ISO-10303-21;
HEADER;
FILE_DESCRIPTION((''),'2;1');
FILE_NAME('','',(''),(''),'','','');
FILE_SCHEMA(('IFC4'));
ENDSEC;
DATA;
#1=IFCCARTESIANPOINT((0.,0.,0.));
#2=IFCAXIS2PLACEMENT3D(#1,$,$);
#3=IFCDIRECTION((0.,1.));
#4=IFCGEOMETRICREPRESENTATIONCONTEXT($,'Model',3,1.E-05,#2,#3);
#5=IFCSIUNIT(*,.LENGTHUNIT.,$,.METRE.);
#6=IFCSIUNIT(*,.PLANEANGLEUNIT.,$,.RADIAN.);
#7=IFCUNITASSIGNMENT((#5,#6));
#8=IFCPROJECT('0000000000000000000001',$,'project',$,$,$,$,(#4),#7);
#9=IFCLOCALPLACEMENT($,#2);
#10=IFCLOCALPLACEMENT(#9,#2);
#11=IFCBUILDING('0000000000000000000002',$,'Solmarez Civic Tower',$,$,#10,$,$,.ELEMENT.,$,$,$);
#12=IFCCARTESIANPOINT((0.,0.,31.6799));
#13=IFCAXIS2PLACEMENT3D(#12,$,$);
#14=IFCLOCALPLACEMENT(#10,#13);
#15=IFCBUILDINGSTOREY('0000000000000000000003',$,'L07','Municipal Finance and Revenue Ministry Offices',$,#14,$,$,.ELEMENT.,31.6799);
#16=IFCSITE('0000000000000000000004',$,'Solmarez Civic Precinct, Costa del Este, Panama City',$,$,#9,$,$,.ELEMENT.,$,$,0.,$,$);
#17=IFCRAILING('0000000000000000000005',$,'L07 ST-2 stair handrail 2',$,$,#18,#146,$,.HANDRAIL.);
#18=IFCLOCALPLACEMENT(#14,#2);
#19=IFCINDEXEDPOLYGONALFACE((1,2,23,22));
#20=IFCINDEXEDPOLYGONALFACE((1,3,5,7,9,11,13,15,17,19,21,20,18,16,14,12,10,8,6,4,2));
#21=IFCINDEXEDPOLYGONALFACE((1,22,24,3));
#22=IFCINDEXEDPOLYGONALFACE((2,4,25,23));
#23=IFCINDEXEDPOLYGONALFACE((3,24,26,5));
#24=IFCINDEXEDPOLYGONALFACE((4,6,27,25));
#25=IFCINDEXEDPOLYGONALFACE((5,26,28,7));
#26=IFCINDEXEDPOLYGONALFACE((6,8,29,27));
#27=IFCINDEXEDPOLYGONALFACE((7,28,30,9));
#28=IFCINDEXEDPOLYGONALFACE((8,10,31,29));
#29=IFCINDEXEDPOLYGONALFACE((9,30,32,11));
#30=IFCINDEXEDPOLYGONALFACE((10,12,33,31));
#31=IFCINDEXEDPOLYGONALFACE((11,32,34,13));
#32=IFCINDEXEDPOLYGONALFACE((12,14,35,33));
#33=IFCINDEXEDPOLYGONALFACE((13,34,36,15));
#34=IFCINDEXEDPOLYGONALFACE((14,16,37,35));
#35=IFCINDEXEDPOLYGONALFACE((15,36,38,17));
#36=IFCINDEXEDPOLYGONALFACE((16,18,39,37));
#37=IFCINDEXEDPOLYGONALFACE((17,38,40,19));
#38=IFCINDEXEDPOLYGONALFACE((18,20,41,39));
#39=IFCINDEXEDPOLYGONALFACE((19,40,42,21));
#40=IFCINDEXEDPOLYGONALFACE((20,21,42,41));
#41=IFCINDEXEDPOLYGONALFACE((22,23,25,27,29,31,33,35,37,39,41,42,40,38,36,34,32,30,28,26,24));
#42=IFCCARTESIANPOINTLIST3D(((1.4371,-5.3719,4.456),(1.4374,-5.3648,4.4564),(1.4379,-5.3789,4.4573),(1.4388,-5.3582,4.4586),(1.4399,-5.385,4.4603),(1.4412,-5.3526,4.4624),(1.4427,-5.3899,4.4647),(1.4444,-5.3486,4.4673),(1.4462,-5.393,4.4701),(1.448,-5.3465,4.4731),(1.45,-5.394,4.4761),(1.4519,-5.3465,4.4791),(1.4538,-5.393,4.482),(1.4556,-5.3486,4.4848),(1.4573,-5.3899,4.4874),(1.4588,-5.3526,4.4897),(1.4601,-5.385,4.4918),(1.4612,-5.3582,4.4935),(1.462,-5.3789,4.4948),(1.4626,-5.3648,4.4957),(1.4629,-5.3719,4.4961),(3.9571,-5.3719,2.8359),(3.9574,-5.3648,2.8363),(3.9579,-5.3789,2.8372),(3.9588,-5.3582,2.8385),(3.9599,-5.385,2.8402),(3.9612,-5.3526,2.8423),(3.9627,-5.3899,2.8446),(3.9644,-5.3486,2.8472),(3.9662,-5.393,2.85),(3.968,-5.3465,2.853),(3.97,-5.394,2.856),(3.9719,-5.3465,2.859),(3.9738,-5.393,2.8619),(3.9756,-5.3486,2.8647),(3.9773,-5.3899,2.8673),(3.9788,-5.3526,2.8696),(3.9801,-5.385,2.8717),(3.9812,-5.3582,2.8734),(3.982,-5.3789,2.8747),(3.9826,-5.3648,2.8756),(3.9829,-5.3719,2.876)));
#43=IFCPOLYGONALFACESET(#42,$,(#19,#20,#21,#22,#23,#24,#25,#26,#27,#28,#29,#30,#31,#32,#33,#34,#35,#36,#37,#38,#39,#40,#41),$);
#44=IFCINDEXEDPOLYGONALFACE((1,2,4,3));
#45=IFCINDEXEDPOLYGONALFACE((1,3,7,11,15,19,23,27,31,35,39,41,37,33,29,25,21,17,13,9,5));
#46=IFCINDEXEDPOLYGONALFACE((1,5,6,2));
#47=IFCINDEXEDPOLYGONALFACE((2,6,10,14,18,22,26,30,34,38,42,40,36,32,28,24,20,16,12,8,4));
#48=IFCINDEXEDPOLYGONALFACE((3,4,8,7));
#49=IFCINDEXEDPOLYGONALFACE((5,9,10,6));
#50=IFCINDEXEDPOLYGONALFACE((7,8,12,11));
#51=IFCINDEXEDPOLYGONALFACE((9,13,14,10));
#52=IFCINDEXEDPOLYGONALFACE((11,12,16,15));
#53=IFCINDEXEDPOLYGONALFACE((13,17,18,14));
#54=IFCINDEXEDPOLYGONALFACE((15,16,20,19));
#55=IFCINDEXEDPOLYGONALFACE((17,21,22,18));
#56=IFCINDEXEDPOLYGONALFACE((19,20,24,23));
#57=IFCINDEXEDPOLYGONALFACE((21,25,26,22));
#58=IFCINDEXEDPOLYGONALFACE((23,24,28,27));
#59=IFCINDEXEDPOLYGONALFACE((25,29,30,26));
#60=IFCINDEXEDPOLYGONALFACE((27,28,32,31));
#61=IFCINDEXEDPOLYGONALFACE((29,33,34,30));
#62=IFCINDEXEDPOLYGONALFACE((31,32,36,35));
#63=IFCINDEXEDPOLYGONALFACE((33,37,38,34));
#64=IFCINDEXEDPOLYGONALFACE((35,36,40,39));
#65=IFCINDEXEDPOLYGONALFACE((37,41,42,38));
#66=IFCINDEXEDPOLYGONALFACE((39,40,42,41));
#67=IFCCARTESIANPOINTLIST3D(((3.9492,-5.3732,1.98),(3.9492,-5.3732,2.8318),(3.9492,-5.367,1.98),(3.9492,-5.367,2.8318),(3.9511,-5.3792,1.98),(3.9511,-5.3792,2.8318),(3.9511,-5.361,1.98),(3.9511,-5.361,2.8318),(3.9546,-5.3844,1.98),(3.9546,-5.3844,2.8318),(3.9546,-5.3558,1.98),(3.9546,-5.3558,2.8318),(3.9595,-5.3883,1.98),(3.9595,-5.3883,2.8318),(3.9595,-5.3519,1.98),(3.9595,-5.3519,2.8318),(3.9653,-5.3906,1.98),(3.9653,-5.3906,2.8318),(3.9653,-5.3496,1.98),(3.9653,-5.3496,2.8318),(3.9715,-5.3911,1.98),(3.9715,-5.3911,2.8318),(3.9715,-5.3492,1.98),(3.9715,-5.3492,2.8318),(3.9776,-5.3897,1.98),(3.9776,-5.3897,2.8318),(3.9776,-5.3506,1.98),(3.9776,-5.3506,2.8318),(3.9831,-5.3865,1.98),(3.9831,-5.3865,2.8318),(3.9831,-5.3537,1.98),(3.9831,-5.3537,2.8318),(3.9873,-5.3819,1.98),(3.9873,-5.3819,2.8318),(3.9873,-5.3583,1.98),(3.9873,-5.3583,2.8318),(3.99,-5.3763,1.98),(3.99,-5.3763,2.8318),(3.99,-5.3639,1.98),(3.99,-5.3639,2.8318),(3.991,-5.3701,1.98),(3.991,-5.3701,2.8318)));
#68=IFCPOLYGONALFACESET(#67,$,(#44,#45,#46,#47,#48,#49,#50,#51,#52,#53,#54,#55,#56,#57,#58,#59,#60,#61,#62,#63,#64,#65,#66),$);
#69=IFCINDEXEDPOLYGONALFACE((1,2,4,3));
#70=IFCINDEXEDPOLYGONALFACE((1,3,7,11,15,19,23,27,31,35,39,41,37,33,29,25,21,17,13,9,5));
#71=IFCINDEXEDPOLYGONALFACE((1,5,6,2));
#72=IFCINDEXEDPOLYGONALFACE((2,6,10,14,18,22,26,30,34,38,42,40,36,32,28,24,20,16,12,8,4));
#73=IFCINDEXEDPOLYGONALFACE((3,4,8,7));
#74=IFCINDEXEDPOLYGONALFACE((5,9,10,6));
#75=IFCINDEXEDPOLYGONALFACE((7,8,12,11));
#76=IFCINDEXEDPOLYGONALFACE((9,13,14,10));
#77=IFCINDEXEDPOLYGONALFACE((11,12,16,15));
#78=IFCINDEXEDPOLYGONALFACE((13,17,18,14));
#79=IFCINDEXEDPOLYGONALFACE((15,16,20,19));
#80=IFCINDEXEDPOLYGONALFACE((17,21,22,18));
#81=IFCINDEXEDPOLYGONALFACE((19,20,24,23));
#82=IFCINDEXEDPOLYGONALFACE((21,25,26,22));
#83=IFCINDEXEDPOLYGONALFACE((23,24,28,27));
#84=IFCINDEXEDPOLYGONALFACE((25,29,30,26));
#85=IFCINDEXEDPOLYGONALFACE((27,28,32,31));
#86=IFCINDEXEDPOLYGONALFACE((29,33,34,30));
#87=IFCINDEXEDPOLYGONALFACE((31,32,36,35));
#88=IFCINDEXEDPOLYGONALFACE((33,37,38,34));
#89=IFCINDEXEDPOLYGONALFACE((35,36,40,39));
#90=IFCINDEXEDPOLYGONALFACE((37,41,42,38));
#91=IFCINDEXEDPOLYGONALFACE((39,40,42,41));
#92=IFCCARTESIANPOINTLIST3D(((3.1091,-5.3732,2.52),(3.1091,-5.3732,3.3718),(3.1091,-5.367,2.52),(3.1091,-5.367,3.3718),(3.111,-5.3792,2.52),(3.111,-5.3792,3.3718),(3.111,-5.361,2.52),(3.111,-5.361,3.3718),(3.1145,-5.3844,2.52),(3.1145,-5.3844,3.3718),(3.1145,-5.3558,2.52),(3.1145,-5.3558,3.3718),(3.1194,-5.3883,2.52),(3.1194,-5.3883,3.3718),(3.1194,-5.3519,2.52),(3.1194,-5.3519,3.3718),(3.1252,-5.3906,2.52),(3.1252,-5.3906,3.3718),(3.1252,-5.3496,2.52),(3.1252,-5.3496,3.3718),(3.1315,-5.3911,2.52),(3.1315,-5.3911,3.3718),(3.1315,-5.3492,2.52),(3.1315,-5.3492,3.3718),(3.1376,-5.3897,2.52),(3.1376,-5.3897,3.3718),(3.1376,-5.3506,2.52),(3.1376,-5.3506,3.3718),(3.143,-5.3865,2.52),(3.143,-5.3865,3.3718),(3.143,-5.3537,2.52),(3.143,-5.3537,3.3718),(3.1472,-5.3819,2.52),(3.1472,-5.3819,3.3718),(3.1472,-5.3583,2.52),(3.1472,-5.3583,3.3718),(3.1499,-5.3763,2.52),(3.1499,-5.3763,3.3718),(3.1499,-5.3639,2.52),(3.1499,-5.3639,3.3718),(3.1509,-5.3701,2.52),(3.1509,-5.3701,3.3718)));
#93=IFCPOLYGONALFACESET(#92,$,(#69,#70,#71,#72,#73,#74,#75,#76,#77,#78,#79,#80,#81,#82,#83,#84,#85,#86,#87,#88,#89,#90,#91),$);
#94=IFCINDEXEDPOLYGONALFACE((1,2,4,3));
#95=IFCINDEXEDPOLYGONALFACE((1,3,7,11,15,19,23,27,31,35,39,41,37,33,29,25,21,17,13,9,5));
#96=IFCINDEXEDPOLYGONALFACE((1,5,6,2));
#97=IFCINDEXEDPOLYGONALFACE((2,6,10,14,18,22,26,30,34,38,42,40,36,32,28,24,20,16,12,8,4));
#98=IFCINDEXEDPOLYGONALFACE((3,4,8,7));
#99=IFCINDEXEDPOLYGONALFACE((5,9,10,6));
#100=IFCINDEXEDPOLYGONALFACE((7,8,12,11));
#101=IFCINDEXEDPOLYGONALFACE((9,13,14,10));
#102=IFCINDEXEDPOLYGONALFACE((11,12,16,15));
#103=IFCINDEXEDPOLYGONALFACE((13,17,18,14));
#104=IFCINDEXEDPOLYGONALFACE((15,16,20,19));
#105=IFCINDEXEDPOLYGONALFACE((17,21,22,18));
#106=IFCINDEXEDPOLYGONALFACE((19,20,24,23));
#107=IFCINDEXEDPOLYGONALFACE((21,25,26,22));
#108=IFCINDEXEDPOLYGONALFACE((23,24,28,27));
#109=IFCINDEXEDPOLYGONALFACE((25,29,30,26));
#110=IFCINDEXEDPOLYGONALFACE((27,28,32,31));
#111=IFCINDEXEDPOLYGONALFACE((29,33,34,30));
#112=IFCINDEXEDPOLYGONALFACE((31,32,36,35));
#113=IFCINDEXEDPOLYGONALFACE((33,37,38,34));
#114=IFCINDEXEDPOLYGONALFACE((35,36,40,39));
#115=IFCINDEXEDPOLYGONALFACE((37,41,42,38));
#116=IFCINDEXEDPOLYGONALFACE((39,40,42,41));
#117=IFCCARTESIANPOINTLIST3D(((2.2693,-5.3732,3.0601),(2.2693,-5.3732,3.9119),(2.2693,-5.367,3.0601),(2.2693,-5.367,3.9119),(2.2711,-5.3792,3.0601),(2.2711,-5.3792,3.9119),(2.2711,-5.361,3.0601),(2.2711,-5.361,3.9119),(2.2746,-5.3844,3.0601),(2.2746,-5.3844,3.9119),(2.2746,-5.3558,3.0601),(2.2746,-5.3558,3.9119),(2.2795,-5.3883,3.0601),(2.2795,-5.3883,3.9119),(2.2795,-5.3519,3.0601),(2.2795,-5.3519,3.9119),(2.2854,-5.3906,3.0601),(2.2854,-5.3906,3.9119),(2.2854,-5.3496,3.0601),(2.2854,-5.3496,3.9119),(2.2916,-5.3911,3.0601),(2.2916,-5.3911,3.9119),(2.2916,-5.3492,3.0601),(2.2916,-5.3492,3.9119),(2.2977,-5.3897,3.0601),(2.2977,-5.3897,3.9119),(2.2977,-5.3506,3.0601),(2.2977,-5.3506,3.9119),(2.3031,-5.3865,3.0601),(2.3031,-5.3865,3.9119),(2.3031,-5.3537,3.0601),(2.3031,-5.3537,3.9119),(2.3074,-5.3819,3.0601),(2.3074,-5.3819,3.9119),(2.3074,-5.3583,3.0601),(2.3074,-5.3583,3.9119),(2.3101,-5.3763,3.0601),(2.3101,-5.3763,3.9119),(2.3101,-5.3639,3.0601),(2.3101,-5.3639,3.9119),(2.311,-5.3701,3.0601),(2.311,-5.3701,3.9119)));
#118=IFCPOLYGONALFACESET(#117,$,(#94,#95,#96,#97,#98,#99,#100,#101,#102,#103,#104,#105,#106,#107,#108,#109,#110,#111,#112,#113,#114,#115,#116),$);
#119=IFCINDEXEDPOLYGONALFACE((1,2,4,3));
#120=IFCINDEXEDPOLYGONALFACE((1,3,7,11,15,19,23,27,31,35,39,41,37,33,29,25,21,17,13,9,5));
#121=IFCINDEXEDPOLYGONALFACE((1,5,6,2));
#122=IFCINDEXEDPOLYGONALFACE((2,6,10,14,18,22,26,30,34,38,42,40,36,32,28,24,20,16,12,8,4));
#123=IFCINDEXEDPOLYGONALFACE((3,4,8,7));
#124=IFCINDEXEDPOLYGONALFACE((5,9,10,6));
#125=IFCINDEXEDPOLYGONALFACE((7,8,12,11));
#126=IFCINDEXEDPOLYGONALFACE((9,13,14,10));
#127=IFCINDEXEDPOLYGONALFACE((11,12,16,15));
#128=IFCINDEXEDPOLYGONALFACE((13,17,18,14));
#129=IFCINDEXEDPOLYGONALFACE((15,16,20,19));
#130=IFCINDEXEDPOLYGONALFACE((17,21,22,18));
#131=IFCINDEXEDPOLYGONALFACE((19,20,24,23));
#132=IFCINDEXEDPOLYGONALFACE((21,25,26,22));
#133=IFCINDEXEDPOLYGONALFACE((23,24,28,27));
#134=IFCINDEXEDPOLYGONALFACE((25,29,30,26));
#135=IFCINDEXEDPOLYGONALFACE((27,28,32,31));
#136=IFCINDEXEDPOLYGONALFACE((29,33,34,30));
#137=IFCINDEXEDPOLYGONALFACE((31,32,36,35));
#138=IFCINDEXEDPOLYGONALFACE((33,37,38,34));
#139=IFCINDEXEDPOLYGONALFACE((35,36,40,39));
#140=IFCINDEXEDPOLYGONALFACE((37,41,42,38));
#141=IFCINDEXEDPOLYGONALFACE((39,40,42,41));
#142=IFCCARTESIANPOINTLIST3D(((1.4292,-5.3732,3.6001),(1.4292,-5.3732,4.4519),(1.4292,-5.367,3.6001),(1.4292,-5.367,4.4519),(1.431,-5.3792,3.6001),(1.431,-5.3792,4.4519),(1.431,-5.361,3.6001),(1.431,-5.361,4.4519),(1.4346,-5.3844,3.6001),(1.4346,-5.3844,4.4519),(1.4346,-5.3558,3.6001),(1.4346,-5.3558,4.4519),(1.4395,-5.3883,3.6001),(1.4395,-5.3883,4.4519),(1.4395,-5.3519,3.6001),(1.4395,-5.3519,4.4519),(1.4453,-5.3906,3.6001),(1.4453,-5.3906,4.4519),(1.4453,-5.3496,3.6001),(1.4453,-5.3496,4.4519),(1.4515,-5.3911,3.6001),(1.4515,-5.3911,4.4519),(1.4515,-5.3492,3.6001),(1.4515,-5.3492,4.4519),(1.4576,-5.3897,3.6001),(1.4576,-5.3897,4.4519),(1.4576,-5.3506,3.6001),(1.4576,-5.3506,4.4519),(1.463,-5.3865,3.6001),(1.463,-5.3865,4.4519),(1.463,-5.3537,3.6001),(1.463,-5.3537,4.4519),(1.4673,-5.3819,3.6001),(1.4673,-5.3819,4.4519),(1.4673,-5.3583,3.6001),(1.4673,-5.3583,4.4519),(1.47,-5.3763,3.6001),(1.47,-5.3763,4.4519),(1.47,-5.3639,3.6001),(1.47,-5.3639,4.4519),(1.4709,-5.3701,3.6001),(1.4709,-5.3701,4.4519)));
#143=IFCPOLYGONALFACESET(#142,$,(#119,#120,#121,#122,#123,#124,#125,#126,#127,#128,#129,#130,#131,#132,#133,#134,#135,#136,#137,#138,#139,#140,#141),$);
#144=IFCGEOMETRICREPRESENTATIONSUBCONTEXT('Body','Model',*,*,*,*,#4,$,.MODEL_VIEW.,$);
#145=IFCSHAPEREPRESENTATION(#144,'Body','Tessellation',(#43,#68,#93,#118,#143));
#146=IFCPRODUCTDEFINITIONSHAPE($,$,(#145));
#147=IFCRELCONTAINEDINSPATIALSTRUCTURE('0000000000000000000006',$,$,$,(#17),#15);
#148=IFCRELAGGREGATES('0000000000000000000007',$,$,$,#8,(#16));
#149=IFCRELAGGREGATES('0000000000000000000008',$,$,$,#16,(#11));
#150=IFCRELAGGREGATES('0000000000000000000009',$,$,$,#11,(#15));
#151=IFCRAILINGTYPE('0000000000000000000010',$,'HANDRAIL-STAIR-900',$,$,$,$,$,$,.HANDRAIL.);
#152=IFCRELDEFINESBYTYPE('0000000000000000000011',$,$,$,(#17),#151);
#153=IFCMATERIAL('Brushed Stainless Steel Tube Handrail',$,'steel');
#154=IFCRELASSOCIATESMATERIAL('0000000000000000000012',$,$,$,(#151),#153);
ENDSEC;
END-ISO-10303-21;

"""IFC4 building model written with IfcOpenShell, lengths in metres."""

from ifc_helpers import new_model, si_unit, direction, frame, origin, origin_2d, place, context, subcontext, project, spatial, circle, extrude, material, type_object, element, save


model = new_model("IFC4")

# Units and contexts
model_context = context("Model", 3, precision=1e-05, world=origin(), true_north=direction((0.0, 1.0)))
body_context = subcontext(model_context, "Body", "Model", "MODEL_VIEW")
ifc_project = project(units=[si_unit("LENGTHUNIT", "METRE"), si_unit("PLANEANGLEUNIT", "RADIAN")], contexts=[model_context])

# Site, building, storey
site_placement = place(None, origin())
site = spatial("IfcSite", under=ifc_project, at=site_placement, Name="Solmarez Civic Precinct, Costa del Este, Panama City", CompositionType="ELEMENT", RefElevation=0.0)
building_placement = place(site_placement, origin())
building = spatial("IfcBuilding", under=site, at=building_placement, Name="Solmarez Civic Tower", CompositionType="ELEMENT")
storey_placement = place(building_placement, frame((0.0, 0.0, 31.6799)))
storey = spatial("IfcBuildingStorey", under=building, at=storey_placement, Name="L07", Description="Municipal Finance and Revenue Ministry Offices", CompositionType="ELEMENT", Elevation=31.6799)

# Railing
ifc_material_1 = material(Name="Brushed Stainless Steel Tube Handrail", Category="steel")
railing_type_1 = type_object("IfcRailingType", Name="HANDRAIL-STAIR-900", PredefinedType="HANDRAIL", material=ifc_material_1)
railing_1_placement = place(storey_placement, frame((3.97, -5.3701, 1.98)))
element("IfcRailing", 1, at=railing_1_placement, inside=storey, type_object=railing_type_1, Name="L07 ST-2 stair handrail 2", PredefinedType="HANDRAIL", context=body_context, shape_type="SweptSolid", body=[
    extrude(circle(Radius=0.0239, at=origin_2d()), frame((0.0, 0.0, 0.876), z_axis=(-0.841163, 0.0, 0.540782), x_axis=(0.0, -1.0, 0.0)), (0.0, 0.0, 1.0), 2.9958),
    extrude(circle(Radius=0.021, at=origin_2d()), origin(), (0.0, 0.0, 1.0), 0.8518),
    extrude(circle(Radius=0.021, at=origin_2d()), frame((-0.8401, 0.0, 0.54)), (0.0, 0.0, 1.0), 0.8518),
    extrude(circle(Radius=0.021, at=origin_2d()), frame((-1.6799, 0.0, 1.0801)), (0.0, 0.0, 1.0), 0.8518),
    extrude(circle(Radius=0.021, at=origin_2d()), frame((-2.52, 0.0, 1.6201)), (0.0, 0.0, 1.0), 0.8518),
])

save(model, "model.ifc")
